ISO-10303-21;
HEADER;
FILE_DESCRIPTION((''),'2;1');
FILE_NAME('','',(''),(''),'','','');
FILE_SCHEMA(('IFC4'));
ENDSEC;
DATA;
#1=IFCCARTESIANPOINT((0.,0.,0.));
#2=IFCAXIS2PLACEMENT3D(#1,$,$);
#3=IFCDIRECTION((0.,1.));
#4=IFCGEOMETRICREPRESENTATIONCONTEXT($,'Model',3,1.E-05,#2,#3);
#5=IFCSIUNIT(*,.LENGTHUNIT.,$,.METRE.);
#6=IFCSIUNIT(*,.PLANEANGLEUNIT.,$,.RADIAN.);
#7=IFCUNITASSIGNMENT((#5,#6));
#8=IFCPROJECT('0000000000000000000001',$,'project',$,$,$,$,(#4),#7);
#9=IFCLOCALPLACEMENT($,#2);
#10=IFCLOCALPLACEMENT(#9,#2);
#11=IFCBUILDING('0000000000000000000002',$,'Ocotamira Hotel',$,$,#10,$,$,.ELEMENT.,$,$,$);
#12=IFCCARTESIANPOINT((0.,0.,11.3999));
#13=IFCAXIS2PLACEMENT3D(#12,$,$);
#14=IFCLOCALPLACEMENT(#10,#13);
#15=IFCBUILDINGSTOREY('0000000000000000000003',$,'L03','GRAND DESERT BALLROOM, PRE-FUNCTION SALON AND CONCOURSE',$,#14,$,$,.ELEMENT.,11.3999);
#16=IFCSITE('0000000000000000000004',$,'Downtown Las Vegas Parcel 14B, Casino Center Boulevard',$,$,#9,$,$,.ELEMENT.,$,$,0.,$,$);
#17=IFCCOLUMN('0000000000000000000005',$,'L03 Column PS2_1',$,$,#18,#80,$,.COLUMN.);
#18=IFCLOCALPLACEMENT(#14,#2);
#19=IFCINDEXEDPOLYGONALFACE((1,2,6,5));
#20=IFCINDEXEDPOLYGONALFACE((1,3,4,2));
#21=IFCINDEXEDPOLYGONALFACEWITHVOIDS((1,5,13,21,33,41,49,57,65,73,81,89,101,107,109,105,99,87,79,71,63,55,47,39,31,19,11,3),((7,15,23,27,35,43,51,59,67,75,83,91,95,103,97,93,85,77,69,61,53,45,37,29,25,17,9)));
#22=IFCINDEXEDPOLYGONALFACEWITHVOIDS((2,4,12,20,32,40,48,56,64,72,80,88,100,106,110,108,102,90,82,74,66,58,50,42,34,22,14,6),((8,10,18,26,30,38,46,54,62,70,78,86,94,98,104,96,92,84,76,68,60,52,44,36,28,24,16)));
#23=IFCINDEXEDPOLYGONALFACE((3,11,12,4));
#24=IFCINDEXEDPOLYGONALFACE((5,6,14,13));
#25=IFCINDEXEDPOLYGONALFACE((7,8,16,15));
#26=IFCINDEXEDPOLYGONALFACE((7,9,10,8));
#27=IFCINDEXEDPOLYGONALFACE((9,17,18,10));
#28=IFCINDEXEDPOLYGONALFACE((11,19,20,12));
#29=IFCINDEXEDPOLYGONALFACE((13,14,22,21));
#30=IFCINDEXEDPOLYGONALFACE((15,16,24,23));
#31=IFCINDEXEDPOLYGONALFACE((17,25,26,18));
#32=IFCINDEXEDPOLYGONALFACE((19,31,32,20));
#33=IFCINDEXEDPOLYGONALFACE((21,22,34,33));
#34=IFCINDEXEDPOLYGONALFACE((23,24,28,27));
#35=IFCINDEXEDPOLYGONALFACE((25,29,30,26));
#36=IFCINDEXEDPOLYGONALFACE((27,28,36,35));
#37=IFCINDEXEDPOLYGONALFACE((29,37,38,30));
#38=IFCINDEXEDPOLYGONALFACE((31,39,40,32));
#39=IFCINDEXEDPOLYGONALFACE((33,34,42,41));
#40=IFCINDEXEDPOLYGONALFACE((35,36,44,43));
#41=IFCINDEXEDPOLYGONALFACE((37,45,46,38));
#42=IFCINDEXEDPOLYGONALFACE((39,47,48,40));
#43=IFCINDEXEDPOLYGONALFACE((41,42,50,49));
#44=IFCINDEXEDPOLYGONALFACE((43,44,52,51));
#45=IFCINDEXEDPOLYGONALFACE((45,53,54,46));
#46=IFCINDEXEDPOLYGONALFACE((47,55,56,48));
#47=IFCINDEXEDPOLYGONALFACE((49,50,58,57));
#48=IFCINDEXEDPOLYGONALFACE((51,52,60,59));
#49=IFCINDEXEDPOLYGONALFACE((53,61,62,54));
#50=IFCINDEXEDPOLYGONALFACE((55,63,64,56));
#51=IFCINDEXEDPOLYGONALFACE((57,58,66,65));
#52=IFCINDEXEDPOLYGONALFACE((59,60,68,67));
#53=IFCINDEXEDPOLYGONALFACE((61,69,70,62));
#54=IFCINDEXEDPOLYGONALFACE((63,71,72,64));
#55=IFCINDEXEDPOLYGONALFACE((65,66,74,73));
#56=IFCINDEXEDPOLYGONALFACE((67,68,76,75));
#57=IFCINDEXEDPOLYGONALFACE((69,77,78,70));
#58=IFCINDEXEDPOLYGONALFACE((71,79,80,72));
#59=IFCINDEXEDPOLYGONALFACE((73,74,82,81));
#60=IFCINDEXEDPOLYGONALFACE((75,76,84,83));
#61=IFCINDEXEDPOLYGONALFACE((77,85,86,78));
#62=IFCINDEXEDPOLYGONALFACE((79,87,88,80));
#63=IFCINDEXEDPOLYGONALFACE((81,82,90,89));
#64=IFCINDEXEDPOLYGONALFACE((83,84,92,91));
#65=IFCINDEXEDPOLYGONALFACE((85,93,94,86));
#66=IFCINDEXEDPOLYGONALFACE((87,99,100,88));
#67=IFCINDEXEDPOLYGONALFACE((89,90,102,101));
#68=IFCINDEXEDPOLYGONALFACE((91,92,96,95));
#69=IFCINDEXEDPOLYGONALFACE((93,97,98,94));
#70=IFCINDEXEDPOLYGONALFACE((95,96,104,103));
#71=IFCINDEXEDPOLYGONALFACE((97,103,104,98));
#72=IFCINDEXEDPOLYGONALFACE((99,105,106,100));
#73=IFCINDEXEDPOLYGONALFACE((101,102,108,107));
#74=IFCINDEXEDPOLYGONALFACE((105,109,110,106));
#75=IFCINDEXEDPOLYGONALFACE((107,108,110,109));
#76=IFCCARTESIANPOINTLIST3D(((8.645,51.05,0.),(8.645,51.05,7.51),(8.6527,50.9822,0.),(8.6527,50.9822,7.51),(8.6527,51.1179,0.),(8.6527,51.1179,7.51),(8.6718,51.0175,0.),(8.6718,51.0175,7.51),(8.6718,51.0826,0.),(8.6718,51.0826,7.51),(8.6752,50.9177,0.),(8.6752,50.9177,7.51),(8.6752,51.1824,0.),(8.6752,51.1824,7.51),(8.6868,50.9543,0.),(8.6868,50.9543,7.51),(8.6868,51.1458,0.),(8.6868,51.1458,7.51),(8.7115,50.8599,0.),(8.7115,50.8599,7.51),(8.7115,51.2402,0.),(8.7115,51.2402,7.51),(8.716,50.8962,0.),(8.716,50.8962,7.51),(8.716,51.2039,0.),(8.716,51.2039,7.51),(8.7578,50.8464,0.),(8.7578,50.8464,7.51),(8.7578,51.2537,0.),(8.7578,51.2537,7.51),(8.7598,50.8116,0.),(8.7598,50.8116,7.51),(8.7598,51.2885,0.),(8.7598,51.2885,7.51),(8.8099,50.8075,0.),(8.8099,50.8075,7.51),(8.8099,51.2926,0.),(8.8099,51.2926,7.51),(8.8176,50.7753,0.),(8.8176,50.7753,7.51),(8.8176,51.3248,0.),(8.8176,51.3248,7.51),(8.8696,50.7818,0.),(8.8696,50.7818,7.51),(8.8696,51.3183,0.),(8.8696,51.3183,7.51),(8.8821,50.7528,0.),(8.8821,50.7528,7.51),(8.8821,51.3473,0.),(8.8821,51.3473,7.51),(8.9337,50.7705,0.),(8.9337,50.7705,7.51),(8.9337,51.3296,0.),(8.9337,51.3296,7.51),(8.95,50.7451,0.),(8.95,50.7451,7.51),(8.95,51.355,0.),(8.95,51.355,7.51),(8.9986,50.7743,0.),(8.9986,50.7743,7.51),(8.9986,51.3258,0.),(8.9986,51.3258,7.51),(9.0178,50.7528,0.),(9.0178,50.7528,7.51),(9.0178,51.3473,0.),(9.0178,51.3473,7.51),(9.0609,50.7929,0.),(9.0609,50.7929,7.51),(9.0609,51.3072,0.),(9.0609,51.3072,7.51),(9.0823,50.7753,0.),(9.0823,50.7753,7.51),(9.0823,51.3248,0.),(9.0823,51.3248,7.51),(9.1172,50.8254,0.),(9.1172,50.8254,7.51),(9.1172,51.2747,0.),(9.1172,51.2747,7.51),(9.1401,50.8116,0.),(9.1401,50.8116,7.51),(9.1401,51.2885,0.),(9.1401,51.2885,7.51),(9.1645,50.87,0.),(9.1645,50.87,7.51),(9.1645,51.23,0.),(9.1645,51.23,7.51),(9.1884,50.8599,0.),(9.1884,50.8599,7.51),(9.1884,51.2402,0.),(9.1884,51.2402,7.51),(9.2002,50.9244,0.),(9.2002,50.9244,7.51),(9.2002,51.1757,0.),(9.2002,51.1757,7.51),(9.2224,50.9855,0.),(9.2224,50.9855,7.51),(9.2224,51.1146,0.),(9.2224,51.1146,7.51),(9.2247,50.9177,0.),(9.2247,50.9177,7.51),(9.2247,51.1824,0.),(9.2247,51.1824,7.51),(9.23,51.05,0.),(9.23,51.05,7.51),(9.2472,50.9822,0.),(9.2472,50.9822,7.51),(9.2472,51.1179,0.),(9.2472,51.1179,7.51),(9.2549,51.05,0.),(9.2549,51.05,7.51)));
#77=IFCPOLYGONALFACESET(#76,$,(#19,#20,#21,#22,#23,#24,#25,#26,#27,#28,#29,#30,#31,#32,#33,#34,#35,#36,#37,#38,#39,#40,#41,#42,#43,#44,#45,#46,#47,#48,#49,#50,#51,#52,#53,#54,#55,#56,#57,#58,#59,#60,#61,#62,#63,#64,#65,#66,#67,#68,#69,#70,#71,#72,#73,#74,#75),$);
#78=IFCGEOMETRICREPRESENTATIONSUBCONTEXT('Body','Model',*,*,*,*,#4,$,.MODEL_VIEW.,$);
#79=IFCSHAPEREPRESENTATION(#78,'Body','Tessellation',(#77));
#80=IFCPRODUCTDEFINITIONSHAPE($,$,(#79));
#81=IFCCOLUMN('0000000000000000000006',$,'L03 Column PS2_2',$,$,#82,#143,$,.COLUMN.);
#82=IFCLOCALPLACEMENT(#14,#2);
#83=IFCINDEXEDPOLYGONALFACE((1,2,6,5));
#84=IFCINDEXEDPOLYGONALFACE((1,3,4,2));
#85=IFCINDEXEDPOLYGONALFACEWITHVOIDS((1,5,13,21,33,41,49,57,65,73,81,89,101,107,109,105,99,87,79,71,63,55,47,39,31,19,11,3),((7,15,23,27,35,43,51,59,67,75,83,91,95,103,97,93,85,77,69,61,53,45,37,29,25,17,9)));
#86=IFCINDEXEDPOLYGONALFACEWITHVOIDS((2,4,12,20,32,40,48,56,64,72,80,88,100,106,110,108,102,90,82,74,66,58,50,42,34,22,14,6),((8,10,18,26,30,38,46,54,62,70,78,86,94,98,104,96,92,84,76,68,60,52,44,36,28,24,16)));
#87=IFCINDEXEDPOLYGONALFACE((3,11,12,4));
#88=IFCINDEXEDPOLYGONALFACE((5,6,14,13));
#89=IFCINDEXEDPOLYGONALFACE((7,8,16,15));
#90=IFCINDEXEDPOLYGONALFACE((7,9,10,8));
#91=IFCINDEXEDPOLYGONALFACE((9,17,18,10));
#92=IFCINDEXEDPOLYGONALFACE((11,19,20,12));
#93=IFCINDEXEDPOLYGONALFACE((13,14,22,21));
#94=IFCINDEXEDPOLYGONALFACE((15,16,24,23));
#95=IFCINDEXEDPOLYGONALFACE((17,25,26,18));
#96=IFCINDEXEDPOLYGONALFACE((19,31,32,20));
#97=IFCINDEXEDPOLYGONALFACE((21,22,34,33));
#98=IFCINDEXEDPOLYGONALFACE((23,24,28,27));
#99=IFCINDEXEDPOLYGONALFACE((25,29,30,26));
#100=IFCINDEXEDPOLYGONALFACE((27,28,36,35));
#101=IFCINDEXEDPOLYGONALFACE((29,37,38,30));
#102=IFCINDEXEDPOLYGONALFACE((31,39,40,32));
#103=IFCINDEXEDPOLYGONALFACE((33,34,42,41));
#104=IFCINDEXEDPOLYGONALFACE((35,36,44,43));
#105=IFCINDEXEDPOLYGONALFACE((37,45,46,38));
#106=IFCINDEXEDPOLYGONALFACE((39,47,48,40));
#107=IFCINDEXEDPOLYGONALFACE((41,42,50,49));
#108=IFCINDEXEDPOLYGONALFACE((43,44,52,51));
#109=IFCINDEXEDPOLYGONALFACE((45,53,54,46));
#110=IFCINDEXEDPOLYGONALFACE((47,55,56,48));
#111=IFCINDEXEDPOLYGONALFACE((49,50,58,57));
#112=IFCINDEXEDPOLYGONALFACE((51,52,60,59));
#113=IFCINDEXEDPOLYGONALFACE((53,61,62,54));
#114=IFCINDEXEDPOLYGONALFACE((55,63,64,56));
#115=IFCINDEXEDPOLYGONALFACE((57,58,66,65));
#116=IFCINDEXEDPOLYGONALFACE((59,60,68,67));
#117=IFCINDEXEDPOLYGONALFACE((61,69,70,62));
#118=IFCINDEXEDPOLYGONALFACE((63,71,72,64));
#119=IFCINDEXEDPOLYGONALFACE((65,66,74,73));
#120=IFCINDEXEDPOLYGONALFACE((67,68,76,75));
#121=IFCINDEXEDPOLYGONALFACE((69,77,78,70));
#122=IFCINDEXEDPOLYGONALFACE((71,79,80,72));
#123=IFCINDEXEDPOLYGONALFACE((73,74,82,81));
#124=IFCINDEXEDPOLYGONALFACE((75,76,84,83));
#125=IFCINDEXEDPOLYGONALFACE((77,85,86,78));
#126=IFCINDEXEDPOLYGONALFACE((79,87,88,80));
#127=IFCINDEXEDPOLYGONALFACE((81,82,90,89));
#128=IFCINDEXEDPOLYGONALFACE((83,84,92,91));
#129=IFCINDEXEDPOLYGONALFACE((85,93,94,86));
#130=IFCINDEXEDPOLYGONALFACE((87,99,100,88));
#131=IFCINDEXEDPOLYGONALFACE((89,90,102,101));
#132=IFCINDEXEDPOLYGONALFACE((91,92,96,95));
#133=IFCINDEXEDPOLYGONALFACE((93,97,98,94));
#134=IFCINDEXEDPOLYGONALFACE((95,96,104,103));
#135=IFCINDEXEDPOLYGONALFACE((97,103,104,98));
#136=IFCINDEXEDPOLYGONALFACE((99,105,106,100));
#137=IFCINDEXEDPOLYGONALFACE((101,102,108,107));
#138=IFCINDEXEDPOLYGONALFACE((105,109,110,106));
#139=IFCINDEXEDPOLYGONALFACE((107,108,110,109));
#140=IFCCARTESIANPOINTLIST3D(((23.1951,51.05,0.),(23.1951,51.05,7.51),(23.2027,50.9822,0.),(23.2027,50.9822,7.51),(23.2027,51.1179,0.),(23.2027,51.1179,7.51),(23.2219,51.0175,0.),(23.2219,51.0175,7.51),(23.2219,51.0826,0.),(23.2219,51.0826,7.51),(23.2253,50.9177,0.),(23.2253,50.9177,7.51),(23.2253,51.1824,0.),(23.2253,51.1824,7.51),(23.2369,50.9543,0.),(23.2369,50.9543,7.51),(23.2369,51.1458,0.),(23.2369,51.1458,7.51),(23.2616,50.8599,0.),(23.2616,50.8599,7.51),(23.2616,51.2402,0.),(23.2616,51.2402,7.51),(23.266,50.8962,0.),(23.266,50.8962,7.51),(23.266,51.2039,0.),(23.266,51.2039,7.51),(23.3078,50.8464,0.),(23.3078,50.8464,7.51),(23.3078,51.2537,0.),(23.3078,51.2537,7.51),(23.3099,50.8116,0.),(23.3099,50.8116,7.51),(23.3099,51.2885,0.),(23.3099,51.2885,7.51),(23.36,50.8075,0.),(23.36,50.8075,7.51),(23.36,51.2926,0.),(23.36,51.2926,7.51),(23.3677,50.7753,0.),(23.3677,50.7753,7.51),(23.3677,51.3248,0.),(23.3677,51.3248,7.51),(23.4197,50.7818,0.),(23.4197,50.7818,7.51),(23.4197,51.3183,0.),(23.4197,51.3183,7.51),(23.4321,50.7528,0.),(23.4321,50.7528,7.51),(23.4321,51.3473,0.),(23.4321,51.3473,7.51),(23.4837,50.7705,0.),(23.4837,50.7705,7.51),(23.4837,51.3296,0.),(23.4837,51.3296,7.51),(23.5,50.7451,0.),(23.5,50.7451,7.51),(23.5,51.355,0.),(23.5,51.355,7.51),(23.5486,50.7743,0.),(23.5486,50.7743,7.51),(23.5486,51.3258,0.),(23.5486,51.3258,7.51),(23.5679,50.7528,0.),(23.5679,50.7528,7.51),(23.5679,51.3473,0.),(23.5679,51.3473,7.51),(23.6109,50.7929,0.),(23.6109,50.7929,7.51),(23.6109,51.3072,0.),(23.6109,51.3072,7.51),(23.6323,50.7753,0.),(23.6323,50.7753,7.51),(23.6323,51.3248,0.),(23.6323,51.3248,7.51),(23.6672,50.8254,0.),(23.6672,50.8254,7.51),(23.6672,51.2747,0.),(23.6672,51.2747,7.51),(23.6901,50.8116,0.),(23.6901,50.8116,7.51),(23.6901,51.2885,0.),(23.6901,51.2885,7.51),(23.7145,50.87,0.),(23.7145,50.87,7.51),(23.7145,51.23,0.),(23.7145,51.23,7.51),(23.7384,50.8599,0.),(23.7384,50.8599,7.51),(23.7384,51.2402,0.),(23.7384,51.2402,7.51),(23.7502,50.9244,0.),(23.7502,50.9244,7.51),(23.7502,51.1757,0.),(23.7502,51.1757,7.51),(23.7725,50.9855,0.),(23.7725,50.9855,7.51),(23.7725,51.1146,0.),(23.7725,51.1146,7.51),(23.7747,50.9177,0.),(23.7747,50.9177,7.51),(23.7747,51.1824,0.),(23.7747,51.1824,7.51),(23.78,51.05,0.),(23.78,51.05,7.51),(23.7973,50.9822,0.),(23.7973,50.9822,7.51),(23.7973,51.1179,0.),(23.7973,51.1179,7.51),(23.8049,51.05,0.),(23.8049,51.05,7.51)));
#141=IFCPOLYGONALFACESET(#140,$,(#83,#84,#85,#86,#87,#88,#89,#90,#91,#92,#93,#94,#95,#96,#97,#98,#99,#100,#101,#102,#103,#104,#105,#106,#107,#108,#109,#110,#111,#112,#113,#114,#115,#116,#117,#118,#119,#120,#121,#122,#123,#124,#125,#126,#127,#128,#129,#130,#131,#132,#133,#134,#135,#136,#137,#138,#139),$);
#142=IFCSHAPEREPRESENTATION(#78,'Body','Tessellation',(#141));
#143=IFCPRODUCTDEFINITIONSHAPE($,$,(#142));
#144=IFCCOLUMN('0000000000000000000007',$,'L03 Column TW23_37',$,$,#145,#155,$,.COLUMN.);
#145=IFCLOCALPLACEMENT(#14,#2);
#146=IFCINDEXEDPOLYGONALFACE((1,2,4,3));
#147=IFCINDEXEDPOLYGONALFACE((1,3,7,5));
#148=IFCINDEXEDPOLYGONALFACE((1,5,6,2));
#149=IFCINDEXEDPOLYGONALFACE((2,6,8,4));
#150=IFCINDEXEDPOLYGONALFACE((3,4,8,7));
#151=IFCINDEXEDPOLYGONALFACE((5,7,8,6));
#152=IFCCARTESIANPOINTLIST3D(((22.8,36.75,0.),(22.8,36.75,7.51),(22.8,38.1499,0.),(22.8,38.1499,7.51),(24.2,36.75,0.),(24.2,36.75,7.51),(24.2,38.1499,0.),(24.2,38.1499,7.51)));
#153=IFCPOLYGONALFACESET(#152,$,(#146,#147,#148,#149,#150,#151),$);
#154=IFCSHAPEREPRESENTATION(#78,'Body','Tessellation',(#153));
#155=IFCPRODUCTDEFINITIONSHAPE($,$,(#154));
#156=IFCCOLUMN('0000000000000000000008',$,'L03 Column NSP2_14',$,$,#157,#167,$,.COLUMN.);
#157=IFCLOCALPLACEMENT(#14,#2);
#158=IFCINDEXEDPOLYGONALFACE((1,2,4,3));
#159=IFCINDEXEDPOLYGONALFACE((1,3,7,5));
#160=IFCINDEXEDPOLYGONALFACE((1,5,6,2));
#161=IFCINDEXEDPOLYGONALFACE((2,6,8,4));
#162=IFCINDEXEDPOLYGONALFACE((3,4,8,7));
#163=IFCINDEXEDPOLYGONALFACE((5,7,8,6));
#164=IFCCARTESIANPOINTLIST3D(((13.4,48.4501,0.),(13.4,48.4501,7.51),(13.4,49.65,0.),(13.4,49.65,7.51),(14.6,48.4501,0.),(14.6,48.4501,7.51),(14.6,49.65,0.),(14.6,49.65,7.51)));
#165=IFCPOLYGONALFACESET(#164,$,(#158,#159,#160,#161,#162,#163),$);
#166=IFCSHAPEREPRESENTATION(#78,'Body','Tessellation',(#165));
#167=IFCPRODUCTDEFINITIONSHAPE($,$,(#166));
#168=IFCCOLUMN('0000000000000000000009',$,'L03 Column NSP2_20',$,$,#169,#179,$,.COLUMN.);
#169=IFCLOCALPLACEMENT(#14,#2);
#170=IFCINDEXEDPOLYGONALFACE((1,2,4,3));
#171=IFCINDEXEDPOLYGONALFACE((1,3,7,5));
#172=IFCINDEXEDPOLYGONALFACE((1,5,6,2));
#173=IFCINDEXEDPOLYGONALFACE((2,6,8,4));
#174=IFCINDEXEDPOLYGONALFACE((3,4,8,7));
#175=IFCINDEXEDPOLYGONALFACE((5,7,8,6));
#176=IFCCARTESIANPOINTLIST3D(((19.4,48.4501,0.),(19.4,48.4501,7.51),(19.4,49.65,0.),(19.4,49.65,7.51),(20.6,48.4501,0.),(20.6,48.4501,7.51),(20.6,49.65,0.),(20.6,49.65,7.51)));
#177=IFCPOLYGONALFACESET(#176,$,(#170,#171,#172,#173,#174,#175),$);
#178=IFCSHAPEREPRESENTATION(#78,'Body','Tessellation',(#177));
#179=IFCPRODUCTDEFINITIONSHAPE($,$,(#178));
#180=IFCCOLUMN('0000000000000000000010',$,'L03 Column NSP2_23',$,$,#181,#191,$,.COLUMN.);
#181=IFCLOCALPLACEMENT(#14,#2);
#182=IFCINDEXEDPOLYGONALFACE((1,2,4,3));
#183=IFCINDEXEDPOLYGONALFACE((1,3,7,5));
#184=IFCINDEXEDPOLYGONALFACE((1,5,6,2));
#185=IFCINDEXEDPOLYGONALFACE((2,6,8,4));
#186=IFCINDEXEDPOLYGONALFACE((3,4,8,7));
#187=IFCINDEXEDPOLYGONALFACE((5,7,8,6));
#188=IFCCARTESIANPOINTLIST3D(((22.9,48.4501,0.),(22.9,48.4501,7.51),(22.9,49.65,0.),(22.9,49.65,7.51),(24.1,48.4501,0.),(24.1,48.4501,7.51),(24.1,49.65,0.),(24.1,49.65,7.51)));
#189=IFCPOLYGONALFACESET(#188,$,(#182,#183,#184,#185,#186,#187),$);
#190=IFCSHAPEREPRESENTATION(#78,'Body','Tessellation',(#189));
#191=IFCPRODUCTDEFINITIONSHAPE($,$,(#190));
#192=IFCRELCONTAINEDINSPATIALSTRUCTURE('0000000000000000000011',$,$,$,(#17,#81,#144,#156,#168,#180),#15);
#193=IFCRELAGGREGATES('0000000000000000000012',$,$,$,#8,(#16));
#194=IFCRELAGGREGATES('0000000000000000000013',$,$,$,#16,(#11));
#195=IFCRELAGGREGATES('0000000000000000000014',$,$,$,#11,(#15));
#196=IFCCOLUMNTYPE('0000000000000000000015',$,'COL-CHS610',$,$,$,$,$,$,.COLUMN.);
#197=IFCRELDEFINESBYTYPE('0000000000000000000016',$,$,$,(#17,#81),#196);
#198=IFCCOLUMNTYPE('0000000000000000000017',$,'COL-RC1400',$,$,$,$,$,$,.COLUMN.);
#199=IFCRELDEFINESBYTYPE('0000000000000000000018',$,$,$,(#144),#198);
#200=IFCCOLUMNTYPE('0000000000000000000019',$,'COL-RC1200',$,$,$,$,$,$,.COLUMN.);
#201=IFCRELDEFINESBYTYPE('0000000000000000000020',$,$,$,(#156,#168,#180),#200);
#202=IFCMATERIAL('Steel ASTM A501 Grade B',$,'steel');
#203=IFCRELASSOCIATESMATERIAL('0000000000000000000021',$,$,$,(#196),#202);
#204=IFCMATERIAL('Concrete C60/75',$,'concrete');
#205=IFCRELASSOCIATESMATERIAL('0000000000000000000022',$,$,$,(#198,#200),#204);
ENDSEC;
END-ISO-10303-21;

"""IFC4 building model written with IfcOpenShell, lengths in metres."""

from ifc_helpers import new_model, si_unit, direction, frame, origin, origin_2d, place, context, subcontext, project, spatial, rectangle, hollow_circle, extrude, source, transform, mapped, material, material_profile, profile_set, type_object, element, save


model = new_model("IFC4")

# Units and contexts
model_context = context("Model", 3, precision=1e-05, world=origin(), true_north=direction((0.0, 1.0)))
body_context = subcontext(model_context, "Body", "Model", "MODEL_VIEW")
ifc_project = project(units=[si_unit("LENGTHUNIT", "METRE"), si_unit("PLANEANGLEUNIT", "RADIAN")], contexts=[model_context])

# Site, building, storey
site_placement = place(None, origin())
site = spatial("IfcSite", under=ifc_project, at=site_placement, Name="Downtown Las Vegas Parcel 14B, Casino Center Boulevard", CompositionType="ELEMENT", RefElevation=0.0)
building_placement = place(site_placement, origin())
building = spatial("IfcBuilding", under=site, at=building_placement, Name="Ocotamira Hotel", CompositionType="ELEMENT")
storey_placement = place(building_placement, frame((0.0, 0.0, 11.3999)))
storey = spatial("IfcBuildingStorey", under=building, at=storey_placement, Name="L03", Description="GRAND DESERT BALLROOM, PRE-FUNCTION SALON AND CONCOURSE", CompositionType="ELEMENT", Elevation=11.3999)

# Columns
ifc_material_1 = material(Name="Steel ASTM A501 Grade B", Category="steel")
ifc_material_profile_1 = material_profile(ifc_material_1, hollow_circle(Radius=0.3049, WallThickness=0.0249, at=origin_2d()), Name="CHS610X25")
ifc_profile_set_1 = profile_set([ifc_material_profile_1], Name="Steel ASTM A501 Grade B")
column_type_1 = type_object("IfcColumnType", Name="COL-CHS610", PredefinedType="COLUMN", material=ifc_profile_set_1)
shared_shape_1 = source(origin(), body_context, "Body", "SweptSolid", [
    extrude(hollow_circle(Radius=0.3049, WallThickness=0.0249, at=origin_2d()), origin(), (0.0, 0.0, 1.0), 7.51),
])
for number, where, z_axis, x_axis, name in (
    (1, (8.95, 51.05, 0.0), (0.0, 0.0, 1.0), (1.0, 0.0, 0.0), "L03 Column PS2_1"),
    (2, (23.5, 51.05, 0.0), (0.0, 0.0, 1.0), (1.0, 0.0, 0.0), "L03 Column PS2_2"),
):
    element("IfcColumn", number, at=place(storey_placement, frame(where, z_axis=z_axis, x_axis=x_axis)), inside=storey, type_object=column_type_1, Name=name, PredefinedType="COLUMN", context=body_context, shape_type="MappedRepresentation", body=[
        mapped(shared_shape_1, transform((0.0, 0.0, 0.0), scale=1.0)),
    ])
ifc_material_2 = material(Name="Concrete C60/75", Category="concrete")
ifc_material_profile_2 = material_profile(ifc_material_2, rectangle(XDim=1.3999, YDim=1.3999, at=origin_2d()), Name="RC1400X1400")
ifc_profile_set_2 = profile_set([ifc_material_profile_2], Name="Concrete C60/75")
column_type_2 = type_object("IfcColumnType", Name="COL-RC1400", PredefinedType="COLUMN", material=ifc_profile_set_2)
shared_shape_2 = source(origin(), body_context, "Body", "SweptSolid", [
    extrude(rectangle(XDim=1.3999, YDim=1.3999, at=origin_2d()), origin(), (0.0, 0.0, 1.0), 7.51),
])
column_placement = place(storey_placement, frame((23.5, 37.45, 0.0), z_axis=(0.0, 0.0, 1.0), x_axis=(1.0, 0.0, 0.0)))
element("IfcColumn", 3, at=column_placement, inside=storey, type_object=column_type_2, Name="L03 Column TW23_37", PredefinedType="COLUMN", context=body_context, shape_type="MappedRepresentation", body=[
    mapped(shared_shape_2, transform((0.0, 0.0, 0.0), scale=1.0)),
])
ifc_material_profile_3 = material_profile(ifc_material_2, rectangle(XDim=1.2, YDim=1.2, at=origin_2d()), Name="RC1200X1200")
ifc_profile_set_3 = profile_set([ifc_material_profile_3], Name="Concrete C60/75")
column_type_3 = type_object("IfcColumnType", Name="COL-RC1200", PredefinedType="COLUMN", material=ifc_profile_set_3)
shared_shape_3 = source(origin(), body_context, "Body", "SweptSolid", [
    extrude(rectangle(XDim=1.2, YDim=1.2, at=origin_2d()), origin(), (0.0, 0.0, 1.0), 7.51),
])
for number, where, z_axis, x_axis, name in (
    (4, (14.0, 49.05, 0.0), (0.0, 0.0, 1.0), (1.0, 0.0, 0.0), "L03 Column NSP2_14"),
    (5, (20.0, 49.05, 0.0), (0.0, 0.0, 1.0), (1.0, 0.0, 0.0), "L03 Column NSP2_20"),
    (6, (23.5, 49.05, 0.0), (0.0, 0.0, 1.0), (1.0, 0.0, 0.0), "L03 Column NSP2_23"),
):
    element("IfcColumn", number, at=place(storey_placement, frame(where, z_axis=z_axis, x_axis=x_axis)), inside=storey, type_object=column_type_3, Name=name, PredefinedType="COLUMN", context=body_context, shape_type="MappedRepresentation", body=[
        mapped(shared_shape_3, transform((0.0, 0.0, 0.0), scale=1.0)),
    ])

save(model, "model.ifc")
